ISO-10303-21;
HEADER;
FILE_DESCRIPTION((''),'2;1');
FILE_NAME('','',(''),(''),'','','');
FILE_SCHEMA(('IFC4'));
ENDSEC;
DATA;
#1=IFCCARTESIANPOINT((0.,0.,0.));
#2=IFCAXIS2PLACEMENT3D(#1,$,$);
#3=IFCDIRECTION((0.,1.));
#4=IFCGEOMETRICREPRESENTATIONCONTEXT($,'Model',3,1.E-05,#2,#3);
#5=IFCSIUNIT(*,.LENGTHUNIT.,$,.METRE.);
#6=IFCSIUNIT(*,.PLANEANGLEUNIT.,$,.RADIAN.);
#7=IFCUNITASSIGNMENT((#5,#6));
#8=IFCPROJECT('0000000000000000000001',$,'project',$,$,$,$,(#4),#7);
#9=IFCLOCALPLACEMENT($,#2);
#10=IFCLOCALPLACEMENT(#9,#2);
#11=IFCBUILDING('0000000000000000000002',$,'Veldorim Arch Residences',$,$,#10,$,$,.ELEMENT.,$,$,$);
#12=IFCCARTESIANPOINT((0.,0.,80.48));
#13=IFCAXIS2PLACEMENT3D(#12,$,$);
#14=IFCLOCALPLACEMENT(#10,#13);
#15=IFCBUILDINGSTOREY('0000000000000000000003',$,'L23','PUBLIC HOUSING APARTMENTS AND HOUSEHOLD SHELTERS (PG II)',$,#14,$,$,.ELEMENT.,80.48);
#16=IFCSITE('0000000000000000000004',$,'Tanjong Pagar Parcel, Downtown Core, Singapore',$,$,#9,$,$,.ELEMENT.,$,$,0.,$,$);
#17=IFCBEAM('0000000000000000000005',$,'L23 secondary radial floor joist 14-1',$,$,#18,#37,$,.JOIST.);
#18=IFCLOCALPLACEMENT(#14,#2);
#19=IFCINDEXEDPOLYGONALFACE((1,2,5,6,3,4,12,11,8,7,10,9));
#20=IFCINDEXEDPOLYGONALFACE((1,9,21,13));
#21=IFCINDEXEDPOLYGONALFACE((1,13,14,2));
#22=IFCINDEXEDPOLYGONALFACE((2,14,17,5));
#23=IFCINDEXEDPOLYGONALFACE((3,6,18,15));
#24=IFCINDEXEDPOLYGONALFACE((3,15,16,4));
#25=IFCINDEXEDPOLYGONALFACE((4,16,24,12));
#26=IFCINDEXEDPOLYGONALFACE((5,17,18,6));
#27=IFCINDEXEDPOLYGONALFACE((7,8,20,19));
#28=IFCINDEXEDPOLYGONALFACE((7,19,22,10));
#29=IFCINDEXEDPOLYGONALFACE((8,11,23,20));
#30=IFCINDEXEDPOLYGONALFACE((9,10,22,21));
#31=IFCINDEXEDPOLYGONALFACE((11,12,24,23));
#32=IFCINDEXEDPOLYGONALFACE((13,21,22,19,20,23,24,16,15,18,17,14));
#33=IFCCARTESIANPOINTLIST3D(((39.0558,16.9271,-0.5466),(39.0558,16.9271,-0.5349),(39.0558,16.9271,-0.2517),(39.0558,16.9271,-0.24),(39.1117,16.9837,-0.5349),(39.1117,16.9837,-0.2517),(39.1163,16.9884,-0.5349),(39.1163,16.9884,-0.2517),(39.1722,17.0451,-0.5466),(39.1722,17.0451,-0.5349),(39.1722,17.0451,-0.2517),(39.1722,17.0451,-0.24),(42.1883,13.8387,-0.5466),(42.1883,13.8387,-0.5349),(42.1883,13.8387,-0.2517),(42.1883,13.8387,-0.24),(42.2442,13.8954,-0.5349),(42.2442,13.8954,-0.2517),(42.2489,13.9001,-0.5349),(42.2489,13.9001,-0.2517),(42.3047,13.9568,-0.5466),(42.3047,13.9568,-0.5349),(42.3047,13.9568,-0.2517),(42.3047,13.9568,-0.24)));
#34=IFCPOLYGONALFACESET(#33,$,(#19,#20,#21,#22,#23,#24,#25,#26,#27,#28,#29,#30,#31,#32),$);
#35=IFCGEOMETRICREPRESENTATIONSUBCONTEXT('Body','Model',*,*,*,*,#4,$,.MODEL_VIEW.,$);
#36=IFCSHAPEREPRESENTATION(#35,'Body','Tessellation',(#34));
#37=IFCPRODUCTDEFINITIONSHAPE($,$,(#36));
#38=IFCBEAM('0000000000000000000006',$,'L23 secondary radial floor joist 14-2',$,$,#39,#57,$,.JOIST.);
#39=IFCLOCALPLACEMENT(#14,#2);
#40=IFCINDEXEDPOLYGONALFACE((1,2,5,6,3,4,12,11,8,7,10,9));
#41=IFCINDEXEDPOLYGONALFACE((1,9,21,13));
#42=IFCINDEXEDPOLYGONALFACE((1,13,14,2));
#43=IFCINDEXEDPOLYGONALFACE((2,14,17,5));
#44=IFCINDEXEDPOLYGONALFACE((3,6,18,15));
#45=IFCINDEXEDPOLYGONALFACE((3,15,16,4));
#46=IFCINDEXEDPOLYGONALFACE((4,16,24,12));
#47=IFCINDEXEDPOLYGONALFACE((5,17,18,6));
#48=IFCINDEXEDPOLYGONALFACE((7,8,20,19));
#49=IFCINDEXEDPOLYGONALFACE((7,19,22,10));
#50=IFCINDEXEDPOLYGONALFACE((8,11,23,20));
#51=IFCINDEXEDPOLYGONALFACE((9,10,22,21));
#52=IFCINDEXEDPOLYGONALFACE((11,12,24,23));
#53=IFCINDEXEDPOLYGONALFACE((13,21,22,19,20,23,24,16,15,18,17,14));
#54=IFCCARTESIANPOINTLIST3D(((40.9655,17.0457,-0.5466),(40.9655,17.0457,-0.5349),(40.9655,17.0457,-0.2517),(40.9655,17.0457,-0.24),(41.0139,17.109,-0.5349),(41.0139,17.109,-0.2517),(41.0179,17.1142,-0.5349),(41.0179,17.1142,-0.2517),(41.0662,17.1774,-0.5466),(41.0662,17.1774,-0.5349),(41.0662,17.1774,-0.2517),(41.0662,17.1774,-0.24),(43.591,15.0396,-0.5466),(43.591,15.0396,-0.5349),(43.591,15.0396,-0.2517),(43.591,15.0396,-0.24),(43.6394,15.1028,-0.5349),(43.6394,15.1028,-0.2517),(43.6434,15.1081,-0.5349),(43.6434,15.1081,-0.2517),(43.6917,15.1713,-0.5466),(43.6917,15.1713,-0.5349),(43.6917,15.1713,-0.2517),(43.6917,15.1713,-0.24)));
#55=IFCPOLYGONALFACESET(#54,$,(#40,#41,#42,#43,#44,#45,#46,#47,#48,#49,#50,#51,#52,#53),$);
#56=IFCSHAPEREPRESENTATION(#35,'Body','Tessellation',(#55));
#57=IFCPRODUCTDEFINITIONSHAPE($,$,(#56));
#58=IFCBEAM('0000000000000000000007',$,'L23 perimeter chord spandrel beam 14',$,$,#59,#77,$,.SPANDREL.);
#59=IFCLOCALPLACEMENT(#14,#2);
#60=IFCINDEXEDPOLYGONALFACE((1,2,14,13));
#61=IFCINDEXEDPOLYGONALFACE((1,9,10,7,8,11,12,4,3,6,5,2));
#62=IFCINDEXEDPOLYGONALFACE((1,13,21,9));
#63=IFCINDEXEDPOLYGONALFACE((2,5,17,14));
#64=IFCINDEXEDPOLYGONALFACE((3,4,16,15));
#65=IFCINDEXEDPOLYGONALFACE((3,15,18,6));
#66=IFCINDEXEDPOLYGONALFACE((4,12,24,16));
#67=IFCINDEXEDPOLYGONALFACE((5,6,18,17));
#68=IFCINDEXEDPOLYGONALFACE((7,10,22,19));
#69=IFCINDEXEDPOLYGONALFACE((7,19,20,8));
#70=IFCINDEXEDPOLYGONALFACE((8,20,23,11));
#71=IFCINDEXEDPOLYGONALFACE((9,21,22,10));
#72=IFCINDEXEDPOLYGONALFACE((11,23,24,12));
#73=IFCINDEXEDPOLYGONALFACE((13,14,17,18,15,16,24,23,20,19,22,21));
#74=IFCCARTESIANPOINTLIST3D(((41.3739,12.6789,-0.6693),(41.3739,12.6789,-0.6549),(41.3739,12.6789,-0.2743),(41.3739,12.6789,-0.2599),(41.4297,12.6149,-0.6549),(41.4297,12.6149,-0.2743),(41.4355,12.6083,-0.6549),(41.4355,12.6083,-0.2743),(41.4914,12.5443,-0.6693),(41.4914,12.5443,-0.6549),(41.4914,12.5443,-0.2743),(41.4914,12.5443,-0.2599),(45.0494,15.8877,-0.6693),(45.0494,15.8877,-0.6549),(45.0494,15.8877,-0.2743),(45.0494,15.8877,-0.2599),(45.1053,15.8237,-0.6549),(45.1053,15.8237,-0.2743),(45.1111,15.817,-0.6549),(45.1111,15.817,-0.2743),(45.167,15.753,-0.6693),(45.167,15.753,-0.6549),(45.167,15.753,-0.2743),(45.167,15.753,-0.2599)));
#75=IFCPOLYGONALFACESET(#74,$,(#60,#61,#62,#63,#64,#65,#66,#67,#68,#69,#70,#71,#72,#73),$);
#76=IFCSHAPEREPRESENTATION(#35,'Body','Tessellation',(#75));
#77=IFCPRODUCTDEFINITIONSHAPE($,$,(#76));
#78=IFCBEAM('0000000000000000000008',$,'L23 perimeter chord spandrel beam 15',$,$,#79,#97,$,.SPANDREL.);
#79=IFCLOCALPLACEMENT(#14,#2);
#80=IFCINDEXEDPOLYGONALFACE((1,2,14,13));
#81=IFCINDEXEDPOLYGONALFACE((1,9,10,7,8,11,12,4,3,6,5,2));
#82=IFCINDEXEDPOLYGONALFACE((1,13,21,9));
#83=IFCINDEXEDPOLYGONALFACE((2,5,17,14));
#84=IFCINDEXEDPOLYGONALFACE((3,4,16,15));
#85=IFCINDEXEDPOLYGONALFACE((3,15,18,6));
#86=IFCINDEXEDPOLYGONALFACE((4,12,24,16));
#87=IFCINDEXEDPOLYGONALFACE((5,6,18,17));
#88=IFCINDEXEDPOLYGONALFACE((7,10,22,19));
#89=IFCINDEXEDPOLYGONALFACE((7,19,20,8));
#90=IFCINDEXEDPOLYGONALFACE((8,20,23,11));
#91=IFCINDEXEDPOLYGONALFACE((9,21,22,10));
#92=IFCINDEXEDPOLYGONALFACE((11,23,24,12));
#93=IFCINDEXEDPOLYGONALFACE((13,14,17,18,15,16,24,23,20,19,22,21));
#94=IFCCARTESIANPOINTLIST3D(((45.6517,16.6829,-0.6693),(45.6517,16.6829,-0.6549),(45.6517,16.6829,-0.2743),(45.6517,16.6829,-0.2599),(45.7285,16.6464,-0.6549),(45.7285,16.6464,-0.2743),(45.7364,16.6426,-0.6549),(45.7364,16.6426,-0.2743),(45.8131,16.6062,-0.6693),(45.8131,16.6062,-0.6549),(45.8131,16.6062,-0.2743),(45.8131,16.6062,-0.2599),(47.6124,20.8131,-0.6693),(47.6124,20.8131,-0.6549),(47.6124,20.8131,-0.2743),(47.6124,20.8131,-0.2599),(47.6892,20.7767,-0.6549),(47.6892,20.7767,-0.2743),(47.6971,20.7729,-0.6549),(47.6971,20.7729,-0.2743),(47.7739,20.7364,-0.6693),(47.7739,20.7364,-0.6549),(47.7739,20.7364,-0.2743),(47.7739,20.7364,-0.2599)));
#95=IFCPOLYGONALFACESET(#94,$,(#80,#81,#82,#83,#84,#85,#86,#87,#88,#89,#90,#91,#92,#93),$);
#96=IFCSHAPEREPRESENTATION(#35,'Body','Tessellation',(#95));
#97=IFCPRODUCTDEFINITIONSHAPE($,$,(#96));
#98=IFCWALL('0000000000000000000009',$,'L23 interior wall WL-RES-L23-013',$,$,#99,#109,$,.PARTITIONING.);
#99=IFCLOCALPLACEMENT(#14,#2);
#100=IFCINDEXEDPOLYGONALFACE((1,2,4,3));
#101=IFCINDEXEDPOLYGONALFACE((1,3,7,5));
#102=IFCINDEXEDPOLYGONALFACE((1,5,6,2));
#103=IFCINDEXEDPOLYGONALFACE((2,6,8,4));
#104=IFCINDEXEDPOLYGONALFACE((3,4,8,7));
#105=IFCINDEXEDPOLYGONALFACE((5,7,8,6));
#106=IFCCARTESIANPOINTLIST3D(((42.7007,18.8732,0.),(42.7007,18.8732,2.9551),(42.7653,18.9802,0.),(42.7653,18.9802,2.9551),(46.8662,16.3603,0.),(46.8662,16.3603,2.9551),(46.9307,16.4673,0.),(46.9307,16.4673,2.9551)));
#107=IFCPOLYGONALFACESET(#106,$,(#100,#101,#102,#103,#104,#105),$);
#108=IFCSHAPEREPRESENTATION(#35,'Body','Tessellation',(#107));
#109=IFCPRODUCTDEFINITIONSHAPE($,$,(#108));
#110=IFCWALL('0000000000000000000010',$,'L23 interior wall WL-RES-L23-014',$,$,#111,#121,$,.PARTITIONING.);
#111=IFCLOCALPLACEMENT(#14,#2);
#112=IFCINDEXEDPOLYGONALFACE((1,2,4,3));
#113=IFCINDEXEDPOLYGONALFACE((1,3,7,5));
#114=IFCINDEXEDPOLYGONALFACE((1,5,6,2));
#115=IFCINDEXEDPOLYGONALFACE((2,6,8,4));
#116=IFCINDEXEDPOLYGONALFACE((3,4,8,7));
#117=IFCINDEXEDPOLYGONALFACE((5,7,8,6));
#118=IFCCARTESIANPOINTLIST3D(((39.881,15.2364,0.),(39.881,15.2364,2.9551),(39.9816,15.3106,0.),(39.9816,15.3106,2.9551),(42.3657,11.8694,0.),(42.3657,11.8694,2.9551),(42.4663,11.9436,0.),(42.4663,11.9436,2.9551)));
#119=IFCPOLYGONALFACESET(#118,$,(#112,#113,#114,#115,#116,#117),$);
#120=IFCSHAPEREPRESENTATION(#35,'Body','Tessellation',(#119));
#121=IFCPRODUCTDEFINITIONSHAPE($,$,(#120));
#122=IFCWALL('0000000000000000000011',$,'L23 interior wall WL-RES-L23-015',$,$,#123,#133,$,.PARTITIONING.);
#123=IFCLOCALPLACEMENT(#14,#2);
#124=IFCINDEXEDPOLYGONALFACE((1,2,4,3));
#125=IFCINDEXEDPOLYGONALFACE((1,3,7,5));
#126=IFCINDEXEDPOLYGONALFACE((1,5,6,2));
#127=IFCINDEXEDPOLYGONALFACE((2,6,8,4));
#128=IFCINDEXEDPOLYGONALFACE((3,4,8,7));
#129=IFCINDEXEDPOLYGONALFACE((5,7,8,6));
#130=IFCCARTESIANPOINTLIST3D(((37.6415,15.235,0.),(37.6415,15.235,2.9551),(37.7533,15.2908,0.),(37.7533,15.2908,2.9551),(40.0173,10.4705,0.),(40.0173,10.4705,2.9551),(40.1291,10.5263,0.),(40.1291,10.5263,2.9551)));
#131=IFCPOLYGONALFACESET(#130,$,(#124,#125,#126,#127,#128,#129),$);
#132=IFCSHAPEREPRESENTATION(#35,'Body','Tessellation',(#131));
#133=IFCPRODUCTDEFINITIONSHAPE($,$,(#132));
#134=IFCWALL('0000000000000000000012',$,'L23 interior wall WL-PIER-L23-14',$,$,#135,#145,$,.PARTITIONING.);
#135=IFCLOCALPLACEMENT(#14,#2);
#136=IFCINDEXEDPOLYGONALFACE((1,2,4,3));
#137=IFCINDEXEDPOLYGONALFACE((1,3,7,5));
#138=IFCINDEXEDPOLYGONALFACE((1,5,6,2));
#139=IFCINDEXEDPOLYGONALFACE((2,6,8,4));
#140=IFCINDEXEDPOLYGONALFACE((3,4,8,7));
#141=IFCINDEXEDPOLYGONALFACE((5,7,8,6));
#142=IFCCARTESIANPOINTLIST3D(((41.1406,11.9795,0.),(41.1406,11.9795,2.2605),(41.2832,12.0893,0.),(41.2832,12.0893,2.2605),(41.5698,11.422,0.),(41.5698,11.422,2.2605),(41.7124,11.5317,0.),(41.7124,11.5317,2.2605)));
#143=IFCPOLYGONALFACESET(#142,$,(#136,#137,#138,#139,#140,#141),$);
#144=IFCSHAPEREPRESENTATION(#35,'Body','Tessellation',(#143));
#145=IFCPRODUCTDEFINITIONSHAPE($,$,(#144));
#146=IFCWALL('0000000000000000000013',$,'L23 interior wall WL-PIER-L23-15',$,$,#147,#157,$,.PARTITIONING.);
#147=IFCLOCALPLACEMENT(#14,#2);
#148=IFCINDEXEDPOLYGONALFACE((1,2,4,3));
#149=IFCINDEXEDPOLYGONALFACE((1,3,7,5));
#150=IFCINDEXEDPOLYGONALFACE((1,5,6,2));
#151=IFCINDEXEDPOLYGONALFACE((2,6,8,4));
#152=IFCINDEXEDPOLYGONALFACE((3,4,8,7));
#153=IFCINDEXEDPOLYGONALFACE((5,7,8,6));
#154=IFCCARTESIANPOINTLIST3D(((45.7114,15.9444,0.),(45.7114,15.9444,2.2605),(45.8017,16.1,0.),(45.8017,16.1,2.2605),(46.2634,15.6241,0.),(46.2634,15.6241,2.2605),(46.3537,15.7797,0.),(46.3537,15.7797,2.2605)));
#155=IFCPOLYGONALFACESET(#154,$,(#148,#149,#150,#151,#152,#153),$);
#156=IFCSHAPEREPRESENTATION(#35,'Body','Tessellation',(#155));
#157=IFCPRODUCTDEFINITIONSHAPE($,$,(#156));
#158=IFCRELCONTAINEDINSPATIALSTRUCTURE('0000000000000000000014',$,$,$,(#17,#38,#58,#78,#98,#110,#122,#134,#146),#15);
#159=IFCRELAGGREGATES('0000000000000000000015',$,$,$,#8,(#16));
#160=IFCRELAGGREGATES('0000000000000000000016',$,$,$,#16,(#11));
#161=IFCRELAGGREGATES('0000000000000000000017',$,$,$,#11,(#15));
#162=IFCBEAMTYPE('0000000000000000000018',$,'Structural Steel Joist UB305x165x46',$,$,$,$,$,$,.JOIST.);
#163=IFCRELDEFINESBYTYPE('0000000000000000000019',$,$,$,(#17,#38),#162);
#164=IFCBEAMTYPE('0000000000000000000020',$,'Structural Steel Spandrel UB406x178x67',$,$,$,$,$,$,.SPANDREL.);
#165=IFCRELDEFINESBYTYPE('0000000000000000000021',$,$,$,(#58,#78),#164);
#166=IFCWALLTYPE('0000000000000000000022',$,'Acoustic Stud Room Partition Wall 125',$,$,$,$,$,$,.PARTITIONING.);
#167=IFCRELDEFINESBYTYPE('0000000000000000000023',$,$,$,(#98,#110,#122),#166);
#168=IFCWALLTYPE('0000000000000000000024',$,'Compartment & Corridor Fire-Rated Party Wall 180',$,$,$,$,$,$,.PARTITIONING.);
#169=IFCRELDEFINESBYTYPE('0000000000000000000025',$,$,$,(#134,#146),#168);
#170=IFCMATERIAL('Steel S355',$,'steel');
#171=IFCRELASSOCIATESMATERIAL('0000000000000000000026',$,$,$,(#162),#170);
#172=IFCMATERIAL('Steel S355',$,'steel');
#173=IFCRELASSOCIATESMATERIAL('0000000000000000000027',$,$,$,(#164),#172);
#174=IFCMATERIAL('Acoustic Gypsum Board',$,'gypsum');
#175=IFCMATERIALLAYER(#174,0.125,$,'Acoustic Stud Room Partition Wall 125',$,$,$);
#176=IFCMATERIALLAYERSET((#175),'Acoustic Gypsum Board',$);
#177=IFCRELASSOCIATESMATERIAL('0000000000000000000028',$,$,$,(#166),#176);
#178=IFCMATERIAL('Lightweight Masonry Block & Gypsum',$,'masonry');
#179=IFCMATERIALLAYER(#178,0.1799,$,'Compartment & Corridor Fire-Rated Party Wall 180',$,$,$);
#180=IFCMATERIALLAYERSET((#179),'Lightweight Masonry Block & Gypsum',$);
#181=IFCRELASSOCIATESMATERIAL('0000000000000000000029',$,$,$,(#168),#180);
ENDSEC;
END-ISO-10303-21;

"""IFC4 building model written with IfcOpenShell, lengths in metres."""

from ifc_helpers import new_model, si_unit, direction, frame, frame_2d, origin, origin_2d, place, context, subcontext, project, spatial, rectangle, i_section, extrude, material, layer, layer_set, material_profile, profile_set, type_object, element, save


model = new_model("IFC4")

# Units and contexts
model_context = context("Model", 3, precision=1e-05, world=origin(), true_north=direction((0.0, 1.0)))
body_context = subcontext(model_context, "Body", "Model", "MODEL_VIEW")
ifc_project = project(units=[si_unit("LENGTHUNIT", "METRE"), si_unit("PLANEANGLEUNIT", "RADIAN")], contexts=[model_context])

# Site, building, storey
site_placement = place(None, origin())
site = spatial("IfcSite", under=ifc_project, at=site_placement, Name="Tanjong Pagar Parcel, Downtown Core, Singapore", CompositionType="ELEMENT", RefElevation=0.0)
building_placement = place(site_placement, origin())
building = spatial("IfcBuilding", under=site, at=building_placement, Name="Veldorim Arch Residences", CompositionType="ELEMENT")
storey_placement = place(building_placement, frame((0.0, 0.0, 80.48)))
storey = spatial("IfcBuildingStorey", under=building, at=storey_placement, Name="L23", Description="PUBLIC HOUSING APARTMENTS AND HOUSEHOLD SHELTERS (PG II)", CompositionType="ELEMENT", Elevation=80.48)

# Beams
ifc_material_1 = material(Name="Steel S355", Category="steel")
ifc_material_profile_1 = material_profile(ifc_material_1, i_section(OverallWidth=0.1658, OverallDepth=0.3066, WebThickness=0.0066, FlangeThickness=0.0117, at=origin_2d()), Name="UB305x165x46")
ifc_profile_set_1 = profile_set([ifc_material_profile_1], Name="Steel S355")
beam_type_1 = type_object("IfcBeamType", Name="Structural Steel Joist UB305x165x46", PredefinedType="JOIST", material=ifc_profile_set_1)
beam_1_placement = place(storey_placement, frame((39.114, 16.9861, -0.3933), z_axis=(0.712112, -0.702066, 0.0), x_axis=(0.702066, 0.712112, 0.0)))
element("IfcBeam", 1, at=beam_1_placement, inside=storey, type_object=beam_type_1, Name="L23 secondary radial floor joist 14-1", PredefinedType="JOIST", context=body_context, shape_type="SweptSolid", body=[
    extrude(i_section(OverallWidth=0.1658, OverallDepth=0.3066, WebThickness=0.0066, FlangeThickness=0.0117, at=origin_2d()), origin(), (0.0, 0.0, 1.0), 4.3989),
])
beam_2_placement = place(storey_placement, frame((41.0159, 17.1116, -0.3933), z_axis=(0.794595, -0.60714, 0.0), x_axis=(0.60714, 0.794595, 0.0)))
element("IfcBeam", 2, at=beam_2_placement, inside=storey, type_object=beam_type_1, Name="L23 secondary radial floor joist 14-2", PredefinedType="JOIST", context=body_context, shape_type="SweptSolid", body=[
    extrude(i_section(OverallWidth=0.1658, OverallDepth=0.3066, WebThickness=0.0066, FlangeThickness=0.0117, at=origin_2d()), origin(), (0.0, 0.0, 1.0), 3.3042),
])
ifc_material_2 = material(Name="Steel S355", Category="steel")
ifc_material_profile_2 = material_profile(ifc_material_2, i_section(OverallWidth=0.1787, OverallDepth=0.4094, WebThickness=0.0088, FlangeThickness=0.0144, at=origin_2d()), Name="UB406x178x67")
ifc_profile_set_2 = profile_set([ifc_material_profile_2], Name="Steel S355")
beam_type_2 = type_object("IfcBeamType", Name="Structural Steel Spandrel UB406x178x67", PredefinedType="SPANDREL", material=ifc_profile_set_2)
beam_3_placement = place(storey_placement, frame((41.4326, 12.6116, -0.4646), z_axis=(0.753323, 0.65765, 0.0), x_axis=(-0.65765, 0.753323, 0.0)))
element("IfcBeam", 3, at=beam_3_placement, inside=storey, type_object=beam_type_2, Name="L23 perimeter chord spandrel beam 14", PredefinedType="SPANDREL", context=body_context, shape_type="SweptSolid", body=[
    extrude(i_section(OverallWidth=0.1787, OverallDepth=0.4094, WebThickness=0.0088, FlangeThickness=0.0144, at=origin_2d()), origin(), (0.0, 0.0, 1.0), 4.8792),
])
beam_4_placement = place(storey_placement, frame((45.7324, 16.6445, -0.4646), z_axis=(0.428857, 0.903372, 0.0), x_axis=(-0.903372, 0.428857, 0.0)))
element("IfcBeam", 4, at=beam_4_placement, inside=storey, type_object=beam_type_2, Name="L23 perimeter chord spandrel beam 15", PredefinedType="SPANDREL", context=body_context, shape_type="SweptSolid", body=[
    extrude(i_section(OverallWidth=0.1787, OverallDepth=0.4094, WebThickness=0.0088, FlangeThickness=0.0144, at=origin_2d()), origin(), (0.0, 0.0, 1.0), 4.572),
])

# Walls
ifc_material_3 = material(Name="Acoustic Gypsum Board", Category="gypsum")
ifc_layer_1 = layer(ifc_material_3, 0.125, Name="Acoustic Stud Room Partition Wall 125")
ifc_layer_set_1 = layer_set([ifc_layer_1], Name="Acoustic Gypsum Board")
wall_type_1 = type_object("IfcWallType", Name="Acoustic Stud Room Partition Wall 125", PredefinedType="PARTITIONING", material=ifc_layer_set_1)
wall_1_placement = place(storey_placement, frame((46.8984, 16.4138, 0.0), z_axis=(0.0, 0.0, 1.0), x_axis=(-0.856255, 0.516553, 0.0)))
element("IfcWall", 5, at=wall_1_placement, inside=storey, type_object=wall_type_1, Name="L23 interior wall WL-RES-L23-013", PredefinedType="PARTITIONING", context=body_context, shape_type="SweptSolid", body=[
    extrude(rectangle(XDim=4.8647, YDim=0.125, at=frame_2d((2.4324, 0.0))), origin(), (0.0, 0.0, 1.0), 2.9551),
])
wall_2_placement = place(storey_placement, frame((42.416, 11.9065, 0.0), z_axis=(0.0, 0.0, 1.0), x_axis=(-0.593774, 0.804632, 0.0)))
element("IfcWall", 6, at=wall_2_placement, inside=storey, type_object=wall_type_1, Name="L23 interior wall WL-RES-L23-014", PredefinedType="PARTITIONING", context=body_context, shape_type="SweptSolid", body=[
    extrude(rectangle(XDim=4.1846, YDim=0.125, at=frame_2d((2.0923, 0.0))), origin(), (0.0, 0.0, 1.0), 2.9551),
])
wall_3_placement = place(storey_placement, frame((40.0732, 10.4983, 0.0), z_axis=(0.0, 0.0, 1.0), x_axis=(-0.446241, 0.894913, 0.0)))
element("IfcWall", 7, at=wall_3_placement, inside=storey, type_object=wall_type_1, Name="L23 interior wall WL-RES-L23-015", PredefinedType="PARTITIONING", context=body_context, shape_type="SweptSolid", body=[
    extrude(rectangle(XDim=5.324, YDim=0.125, at=frame_2d((2.6621, 0.0))), origin(), (0.0, 0.0, 1.0), 2.9551),
])
ifc_material_4 = material(Name="Lightweight Masonry Block & Gypsum", Category="masonry")
ifc_layer_2 = layer(ifc_material_4, 0.1799, Name="Compartment & Corridor Fire-Rated Party Wall 180")
ifc_layer_set_2 = layer_set([ifc_layer_2], Name="Lightweight Masonry Block & Gypsum")
wall_type_2 = type_object("IfcWallType", Name="Compartment & Corridor Fire-Rated Party Wall 180", PredefinedType="PARTITIONING", material=ifc_layer_set_2)
wall_4_placement = place(storey_placement, frame((41.2119, 12.0344, 0.0), z_axis=(0.0, 0.0, 1.0), x_axis=(0.609945, -0.792443, 0.0)))
element("IfcWall", 8, at=wall_4_placement, inside=storey, type_object=wall_type_2, Name="L23 interior wall WL-PIER-L23-14", PredefinedType="PARTITIONING", context=body_context, shape_type="SweptSolid", body=[
    extrude(rectangle(XDim=0.7036, YDim=0.1799, at=frame_2d((0.3518, 0.0))), origin(), (0.0, 0.0, 1.0), 2.2605),
])
wall_5_placement = place(storey_placement, frame((45.7566, 16.0222, 0.0), z_axis=(0.0, 0.0, 1.0), x_axis=(0.864928, -0.501896, 0.0)))
element("IfcWall", 9, at=wall_5_placement, inside=storey, type_object=wall_type_2, Name="L23 interior wall WL-PIER-L23-15", PredefinedType="PARTITIONING", context=body_context, shape_type="SweptSolid", body=[
    extrude(rectangle(XDim=0.6382, YDim=0.1799, at=frame_2d((0.3191, 0.0))), origin(), (0.0, 0.0, 1.0), 2.2605),
])

save(model, "model.ifc")
